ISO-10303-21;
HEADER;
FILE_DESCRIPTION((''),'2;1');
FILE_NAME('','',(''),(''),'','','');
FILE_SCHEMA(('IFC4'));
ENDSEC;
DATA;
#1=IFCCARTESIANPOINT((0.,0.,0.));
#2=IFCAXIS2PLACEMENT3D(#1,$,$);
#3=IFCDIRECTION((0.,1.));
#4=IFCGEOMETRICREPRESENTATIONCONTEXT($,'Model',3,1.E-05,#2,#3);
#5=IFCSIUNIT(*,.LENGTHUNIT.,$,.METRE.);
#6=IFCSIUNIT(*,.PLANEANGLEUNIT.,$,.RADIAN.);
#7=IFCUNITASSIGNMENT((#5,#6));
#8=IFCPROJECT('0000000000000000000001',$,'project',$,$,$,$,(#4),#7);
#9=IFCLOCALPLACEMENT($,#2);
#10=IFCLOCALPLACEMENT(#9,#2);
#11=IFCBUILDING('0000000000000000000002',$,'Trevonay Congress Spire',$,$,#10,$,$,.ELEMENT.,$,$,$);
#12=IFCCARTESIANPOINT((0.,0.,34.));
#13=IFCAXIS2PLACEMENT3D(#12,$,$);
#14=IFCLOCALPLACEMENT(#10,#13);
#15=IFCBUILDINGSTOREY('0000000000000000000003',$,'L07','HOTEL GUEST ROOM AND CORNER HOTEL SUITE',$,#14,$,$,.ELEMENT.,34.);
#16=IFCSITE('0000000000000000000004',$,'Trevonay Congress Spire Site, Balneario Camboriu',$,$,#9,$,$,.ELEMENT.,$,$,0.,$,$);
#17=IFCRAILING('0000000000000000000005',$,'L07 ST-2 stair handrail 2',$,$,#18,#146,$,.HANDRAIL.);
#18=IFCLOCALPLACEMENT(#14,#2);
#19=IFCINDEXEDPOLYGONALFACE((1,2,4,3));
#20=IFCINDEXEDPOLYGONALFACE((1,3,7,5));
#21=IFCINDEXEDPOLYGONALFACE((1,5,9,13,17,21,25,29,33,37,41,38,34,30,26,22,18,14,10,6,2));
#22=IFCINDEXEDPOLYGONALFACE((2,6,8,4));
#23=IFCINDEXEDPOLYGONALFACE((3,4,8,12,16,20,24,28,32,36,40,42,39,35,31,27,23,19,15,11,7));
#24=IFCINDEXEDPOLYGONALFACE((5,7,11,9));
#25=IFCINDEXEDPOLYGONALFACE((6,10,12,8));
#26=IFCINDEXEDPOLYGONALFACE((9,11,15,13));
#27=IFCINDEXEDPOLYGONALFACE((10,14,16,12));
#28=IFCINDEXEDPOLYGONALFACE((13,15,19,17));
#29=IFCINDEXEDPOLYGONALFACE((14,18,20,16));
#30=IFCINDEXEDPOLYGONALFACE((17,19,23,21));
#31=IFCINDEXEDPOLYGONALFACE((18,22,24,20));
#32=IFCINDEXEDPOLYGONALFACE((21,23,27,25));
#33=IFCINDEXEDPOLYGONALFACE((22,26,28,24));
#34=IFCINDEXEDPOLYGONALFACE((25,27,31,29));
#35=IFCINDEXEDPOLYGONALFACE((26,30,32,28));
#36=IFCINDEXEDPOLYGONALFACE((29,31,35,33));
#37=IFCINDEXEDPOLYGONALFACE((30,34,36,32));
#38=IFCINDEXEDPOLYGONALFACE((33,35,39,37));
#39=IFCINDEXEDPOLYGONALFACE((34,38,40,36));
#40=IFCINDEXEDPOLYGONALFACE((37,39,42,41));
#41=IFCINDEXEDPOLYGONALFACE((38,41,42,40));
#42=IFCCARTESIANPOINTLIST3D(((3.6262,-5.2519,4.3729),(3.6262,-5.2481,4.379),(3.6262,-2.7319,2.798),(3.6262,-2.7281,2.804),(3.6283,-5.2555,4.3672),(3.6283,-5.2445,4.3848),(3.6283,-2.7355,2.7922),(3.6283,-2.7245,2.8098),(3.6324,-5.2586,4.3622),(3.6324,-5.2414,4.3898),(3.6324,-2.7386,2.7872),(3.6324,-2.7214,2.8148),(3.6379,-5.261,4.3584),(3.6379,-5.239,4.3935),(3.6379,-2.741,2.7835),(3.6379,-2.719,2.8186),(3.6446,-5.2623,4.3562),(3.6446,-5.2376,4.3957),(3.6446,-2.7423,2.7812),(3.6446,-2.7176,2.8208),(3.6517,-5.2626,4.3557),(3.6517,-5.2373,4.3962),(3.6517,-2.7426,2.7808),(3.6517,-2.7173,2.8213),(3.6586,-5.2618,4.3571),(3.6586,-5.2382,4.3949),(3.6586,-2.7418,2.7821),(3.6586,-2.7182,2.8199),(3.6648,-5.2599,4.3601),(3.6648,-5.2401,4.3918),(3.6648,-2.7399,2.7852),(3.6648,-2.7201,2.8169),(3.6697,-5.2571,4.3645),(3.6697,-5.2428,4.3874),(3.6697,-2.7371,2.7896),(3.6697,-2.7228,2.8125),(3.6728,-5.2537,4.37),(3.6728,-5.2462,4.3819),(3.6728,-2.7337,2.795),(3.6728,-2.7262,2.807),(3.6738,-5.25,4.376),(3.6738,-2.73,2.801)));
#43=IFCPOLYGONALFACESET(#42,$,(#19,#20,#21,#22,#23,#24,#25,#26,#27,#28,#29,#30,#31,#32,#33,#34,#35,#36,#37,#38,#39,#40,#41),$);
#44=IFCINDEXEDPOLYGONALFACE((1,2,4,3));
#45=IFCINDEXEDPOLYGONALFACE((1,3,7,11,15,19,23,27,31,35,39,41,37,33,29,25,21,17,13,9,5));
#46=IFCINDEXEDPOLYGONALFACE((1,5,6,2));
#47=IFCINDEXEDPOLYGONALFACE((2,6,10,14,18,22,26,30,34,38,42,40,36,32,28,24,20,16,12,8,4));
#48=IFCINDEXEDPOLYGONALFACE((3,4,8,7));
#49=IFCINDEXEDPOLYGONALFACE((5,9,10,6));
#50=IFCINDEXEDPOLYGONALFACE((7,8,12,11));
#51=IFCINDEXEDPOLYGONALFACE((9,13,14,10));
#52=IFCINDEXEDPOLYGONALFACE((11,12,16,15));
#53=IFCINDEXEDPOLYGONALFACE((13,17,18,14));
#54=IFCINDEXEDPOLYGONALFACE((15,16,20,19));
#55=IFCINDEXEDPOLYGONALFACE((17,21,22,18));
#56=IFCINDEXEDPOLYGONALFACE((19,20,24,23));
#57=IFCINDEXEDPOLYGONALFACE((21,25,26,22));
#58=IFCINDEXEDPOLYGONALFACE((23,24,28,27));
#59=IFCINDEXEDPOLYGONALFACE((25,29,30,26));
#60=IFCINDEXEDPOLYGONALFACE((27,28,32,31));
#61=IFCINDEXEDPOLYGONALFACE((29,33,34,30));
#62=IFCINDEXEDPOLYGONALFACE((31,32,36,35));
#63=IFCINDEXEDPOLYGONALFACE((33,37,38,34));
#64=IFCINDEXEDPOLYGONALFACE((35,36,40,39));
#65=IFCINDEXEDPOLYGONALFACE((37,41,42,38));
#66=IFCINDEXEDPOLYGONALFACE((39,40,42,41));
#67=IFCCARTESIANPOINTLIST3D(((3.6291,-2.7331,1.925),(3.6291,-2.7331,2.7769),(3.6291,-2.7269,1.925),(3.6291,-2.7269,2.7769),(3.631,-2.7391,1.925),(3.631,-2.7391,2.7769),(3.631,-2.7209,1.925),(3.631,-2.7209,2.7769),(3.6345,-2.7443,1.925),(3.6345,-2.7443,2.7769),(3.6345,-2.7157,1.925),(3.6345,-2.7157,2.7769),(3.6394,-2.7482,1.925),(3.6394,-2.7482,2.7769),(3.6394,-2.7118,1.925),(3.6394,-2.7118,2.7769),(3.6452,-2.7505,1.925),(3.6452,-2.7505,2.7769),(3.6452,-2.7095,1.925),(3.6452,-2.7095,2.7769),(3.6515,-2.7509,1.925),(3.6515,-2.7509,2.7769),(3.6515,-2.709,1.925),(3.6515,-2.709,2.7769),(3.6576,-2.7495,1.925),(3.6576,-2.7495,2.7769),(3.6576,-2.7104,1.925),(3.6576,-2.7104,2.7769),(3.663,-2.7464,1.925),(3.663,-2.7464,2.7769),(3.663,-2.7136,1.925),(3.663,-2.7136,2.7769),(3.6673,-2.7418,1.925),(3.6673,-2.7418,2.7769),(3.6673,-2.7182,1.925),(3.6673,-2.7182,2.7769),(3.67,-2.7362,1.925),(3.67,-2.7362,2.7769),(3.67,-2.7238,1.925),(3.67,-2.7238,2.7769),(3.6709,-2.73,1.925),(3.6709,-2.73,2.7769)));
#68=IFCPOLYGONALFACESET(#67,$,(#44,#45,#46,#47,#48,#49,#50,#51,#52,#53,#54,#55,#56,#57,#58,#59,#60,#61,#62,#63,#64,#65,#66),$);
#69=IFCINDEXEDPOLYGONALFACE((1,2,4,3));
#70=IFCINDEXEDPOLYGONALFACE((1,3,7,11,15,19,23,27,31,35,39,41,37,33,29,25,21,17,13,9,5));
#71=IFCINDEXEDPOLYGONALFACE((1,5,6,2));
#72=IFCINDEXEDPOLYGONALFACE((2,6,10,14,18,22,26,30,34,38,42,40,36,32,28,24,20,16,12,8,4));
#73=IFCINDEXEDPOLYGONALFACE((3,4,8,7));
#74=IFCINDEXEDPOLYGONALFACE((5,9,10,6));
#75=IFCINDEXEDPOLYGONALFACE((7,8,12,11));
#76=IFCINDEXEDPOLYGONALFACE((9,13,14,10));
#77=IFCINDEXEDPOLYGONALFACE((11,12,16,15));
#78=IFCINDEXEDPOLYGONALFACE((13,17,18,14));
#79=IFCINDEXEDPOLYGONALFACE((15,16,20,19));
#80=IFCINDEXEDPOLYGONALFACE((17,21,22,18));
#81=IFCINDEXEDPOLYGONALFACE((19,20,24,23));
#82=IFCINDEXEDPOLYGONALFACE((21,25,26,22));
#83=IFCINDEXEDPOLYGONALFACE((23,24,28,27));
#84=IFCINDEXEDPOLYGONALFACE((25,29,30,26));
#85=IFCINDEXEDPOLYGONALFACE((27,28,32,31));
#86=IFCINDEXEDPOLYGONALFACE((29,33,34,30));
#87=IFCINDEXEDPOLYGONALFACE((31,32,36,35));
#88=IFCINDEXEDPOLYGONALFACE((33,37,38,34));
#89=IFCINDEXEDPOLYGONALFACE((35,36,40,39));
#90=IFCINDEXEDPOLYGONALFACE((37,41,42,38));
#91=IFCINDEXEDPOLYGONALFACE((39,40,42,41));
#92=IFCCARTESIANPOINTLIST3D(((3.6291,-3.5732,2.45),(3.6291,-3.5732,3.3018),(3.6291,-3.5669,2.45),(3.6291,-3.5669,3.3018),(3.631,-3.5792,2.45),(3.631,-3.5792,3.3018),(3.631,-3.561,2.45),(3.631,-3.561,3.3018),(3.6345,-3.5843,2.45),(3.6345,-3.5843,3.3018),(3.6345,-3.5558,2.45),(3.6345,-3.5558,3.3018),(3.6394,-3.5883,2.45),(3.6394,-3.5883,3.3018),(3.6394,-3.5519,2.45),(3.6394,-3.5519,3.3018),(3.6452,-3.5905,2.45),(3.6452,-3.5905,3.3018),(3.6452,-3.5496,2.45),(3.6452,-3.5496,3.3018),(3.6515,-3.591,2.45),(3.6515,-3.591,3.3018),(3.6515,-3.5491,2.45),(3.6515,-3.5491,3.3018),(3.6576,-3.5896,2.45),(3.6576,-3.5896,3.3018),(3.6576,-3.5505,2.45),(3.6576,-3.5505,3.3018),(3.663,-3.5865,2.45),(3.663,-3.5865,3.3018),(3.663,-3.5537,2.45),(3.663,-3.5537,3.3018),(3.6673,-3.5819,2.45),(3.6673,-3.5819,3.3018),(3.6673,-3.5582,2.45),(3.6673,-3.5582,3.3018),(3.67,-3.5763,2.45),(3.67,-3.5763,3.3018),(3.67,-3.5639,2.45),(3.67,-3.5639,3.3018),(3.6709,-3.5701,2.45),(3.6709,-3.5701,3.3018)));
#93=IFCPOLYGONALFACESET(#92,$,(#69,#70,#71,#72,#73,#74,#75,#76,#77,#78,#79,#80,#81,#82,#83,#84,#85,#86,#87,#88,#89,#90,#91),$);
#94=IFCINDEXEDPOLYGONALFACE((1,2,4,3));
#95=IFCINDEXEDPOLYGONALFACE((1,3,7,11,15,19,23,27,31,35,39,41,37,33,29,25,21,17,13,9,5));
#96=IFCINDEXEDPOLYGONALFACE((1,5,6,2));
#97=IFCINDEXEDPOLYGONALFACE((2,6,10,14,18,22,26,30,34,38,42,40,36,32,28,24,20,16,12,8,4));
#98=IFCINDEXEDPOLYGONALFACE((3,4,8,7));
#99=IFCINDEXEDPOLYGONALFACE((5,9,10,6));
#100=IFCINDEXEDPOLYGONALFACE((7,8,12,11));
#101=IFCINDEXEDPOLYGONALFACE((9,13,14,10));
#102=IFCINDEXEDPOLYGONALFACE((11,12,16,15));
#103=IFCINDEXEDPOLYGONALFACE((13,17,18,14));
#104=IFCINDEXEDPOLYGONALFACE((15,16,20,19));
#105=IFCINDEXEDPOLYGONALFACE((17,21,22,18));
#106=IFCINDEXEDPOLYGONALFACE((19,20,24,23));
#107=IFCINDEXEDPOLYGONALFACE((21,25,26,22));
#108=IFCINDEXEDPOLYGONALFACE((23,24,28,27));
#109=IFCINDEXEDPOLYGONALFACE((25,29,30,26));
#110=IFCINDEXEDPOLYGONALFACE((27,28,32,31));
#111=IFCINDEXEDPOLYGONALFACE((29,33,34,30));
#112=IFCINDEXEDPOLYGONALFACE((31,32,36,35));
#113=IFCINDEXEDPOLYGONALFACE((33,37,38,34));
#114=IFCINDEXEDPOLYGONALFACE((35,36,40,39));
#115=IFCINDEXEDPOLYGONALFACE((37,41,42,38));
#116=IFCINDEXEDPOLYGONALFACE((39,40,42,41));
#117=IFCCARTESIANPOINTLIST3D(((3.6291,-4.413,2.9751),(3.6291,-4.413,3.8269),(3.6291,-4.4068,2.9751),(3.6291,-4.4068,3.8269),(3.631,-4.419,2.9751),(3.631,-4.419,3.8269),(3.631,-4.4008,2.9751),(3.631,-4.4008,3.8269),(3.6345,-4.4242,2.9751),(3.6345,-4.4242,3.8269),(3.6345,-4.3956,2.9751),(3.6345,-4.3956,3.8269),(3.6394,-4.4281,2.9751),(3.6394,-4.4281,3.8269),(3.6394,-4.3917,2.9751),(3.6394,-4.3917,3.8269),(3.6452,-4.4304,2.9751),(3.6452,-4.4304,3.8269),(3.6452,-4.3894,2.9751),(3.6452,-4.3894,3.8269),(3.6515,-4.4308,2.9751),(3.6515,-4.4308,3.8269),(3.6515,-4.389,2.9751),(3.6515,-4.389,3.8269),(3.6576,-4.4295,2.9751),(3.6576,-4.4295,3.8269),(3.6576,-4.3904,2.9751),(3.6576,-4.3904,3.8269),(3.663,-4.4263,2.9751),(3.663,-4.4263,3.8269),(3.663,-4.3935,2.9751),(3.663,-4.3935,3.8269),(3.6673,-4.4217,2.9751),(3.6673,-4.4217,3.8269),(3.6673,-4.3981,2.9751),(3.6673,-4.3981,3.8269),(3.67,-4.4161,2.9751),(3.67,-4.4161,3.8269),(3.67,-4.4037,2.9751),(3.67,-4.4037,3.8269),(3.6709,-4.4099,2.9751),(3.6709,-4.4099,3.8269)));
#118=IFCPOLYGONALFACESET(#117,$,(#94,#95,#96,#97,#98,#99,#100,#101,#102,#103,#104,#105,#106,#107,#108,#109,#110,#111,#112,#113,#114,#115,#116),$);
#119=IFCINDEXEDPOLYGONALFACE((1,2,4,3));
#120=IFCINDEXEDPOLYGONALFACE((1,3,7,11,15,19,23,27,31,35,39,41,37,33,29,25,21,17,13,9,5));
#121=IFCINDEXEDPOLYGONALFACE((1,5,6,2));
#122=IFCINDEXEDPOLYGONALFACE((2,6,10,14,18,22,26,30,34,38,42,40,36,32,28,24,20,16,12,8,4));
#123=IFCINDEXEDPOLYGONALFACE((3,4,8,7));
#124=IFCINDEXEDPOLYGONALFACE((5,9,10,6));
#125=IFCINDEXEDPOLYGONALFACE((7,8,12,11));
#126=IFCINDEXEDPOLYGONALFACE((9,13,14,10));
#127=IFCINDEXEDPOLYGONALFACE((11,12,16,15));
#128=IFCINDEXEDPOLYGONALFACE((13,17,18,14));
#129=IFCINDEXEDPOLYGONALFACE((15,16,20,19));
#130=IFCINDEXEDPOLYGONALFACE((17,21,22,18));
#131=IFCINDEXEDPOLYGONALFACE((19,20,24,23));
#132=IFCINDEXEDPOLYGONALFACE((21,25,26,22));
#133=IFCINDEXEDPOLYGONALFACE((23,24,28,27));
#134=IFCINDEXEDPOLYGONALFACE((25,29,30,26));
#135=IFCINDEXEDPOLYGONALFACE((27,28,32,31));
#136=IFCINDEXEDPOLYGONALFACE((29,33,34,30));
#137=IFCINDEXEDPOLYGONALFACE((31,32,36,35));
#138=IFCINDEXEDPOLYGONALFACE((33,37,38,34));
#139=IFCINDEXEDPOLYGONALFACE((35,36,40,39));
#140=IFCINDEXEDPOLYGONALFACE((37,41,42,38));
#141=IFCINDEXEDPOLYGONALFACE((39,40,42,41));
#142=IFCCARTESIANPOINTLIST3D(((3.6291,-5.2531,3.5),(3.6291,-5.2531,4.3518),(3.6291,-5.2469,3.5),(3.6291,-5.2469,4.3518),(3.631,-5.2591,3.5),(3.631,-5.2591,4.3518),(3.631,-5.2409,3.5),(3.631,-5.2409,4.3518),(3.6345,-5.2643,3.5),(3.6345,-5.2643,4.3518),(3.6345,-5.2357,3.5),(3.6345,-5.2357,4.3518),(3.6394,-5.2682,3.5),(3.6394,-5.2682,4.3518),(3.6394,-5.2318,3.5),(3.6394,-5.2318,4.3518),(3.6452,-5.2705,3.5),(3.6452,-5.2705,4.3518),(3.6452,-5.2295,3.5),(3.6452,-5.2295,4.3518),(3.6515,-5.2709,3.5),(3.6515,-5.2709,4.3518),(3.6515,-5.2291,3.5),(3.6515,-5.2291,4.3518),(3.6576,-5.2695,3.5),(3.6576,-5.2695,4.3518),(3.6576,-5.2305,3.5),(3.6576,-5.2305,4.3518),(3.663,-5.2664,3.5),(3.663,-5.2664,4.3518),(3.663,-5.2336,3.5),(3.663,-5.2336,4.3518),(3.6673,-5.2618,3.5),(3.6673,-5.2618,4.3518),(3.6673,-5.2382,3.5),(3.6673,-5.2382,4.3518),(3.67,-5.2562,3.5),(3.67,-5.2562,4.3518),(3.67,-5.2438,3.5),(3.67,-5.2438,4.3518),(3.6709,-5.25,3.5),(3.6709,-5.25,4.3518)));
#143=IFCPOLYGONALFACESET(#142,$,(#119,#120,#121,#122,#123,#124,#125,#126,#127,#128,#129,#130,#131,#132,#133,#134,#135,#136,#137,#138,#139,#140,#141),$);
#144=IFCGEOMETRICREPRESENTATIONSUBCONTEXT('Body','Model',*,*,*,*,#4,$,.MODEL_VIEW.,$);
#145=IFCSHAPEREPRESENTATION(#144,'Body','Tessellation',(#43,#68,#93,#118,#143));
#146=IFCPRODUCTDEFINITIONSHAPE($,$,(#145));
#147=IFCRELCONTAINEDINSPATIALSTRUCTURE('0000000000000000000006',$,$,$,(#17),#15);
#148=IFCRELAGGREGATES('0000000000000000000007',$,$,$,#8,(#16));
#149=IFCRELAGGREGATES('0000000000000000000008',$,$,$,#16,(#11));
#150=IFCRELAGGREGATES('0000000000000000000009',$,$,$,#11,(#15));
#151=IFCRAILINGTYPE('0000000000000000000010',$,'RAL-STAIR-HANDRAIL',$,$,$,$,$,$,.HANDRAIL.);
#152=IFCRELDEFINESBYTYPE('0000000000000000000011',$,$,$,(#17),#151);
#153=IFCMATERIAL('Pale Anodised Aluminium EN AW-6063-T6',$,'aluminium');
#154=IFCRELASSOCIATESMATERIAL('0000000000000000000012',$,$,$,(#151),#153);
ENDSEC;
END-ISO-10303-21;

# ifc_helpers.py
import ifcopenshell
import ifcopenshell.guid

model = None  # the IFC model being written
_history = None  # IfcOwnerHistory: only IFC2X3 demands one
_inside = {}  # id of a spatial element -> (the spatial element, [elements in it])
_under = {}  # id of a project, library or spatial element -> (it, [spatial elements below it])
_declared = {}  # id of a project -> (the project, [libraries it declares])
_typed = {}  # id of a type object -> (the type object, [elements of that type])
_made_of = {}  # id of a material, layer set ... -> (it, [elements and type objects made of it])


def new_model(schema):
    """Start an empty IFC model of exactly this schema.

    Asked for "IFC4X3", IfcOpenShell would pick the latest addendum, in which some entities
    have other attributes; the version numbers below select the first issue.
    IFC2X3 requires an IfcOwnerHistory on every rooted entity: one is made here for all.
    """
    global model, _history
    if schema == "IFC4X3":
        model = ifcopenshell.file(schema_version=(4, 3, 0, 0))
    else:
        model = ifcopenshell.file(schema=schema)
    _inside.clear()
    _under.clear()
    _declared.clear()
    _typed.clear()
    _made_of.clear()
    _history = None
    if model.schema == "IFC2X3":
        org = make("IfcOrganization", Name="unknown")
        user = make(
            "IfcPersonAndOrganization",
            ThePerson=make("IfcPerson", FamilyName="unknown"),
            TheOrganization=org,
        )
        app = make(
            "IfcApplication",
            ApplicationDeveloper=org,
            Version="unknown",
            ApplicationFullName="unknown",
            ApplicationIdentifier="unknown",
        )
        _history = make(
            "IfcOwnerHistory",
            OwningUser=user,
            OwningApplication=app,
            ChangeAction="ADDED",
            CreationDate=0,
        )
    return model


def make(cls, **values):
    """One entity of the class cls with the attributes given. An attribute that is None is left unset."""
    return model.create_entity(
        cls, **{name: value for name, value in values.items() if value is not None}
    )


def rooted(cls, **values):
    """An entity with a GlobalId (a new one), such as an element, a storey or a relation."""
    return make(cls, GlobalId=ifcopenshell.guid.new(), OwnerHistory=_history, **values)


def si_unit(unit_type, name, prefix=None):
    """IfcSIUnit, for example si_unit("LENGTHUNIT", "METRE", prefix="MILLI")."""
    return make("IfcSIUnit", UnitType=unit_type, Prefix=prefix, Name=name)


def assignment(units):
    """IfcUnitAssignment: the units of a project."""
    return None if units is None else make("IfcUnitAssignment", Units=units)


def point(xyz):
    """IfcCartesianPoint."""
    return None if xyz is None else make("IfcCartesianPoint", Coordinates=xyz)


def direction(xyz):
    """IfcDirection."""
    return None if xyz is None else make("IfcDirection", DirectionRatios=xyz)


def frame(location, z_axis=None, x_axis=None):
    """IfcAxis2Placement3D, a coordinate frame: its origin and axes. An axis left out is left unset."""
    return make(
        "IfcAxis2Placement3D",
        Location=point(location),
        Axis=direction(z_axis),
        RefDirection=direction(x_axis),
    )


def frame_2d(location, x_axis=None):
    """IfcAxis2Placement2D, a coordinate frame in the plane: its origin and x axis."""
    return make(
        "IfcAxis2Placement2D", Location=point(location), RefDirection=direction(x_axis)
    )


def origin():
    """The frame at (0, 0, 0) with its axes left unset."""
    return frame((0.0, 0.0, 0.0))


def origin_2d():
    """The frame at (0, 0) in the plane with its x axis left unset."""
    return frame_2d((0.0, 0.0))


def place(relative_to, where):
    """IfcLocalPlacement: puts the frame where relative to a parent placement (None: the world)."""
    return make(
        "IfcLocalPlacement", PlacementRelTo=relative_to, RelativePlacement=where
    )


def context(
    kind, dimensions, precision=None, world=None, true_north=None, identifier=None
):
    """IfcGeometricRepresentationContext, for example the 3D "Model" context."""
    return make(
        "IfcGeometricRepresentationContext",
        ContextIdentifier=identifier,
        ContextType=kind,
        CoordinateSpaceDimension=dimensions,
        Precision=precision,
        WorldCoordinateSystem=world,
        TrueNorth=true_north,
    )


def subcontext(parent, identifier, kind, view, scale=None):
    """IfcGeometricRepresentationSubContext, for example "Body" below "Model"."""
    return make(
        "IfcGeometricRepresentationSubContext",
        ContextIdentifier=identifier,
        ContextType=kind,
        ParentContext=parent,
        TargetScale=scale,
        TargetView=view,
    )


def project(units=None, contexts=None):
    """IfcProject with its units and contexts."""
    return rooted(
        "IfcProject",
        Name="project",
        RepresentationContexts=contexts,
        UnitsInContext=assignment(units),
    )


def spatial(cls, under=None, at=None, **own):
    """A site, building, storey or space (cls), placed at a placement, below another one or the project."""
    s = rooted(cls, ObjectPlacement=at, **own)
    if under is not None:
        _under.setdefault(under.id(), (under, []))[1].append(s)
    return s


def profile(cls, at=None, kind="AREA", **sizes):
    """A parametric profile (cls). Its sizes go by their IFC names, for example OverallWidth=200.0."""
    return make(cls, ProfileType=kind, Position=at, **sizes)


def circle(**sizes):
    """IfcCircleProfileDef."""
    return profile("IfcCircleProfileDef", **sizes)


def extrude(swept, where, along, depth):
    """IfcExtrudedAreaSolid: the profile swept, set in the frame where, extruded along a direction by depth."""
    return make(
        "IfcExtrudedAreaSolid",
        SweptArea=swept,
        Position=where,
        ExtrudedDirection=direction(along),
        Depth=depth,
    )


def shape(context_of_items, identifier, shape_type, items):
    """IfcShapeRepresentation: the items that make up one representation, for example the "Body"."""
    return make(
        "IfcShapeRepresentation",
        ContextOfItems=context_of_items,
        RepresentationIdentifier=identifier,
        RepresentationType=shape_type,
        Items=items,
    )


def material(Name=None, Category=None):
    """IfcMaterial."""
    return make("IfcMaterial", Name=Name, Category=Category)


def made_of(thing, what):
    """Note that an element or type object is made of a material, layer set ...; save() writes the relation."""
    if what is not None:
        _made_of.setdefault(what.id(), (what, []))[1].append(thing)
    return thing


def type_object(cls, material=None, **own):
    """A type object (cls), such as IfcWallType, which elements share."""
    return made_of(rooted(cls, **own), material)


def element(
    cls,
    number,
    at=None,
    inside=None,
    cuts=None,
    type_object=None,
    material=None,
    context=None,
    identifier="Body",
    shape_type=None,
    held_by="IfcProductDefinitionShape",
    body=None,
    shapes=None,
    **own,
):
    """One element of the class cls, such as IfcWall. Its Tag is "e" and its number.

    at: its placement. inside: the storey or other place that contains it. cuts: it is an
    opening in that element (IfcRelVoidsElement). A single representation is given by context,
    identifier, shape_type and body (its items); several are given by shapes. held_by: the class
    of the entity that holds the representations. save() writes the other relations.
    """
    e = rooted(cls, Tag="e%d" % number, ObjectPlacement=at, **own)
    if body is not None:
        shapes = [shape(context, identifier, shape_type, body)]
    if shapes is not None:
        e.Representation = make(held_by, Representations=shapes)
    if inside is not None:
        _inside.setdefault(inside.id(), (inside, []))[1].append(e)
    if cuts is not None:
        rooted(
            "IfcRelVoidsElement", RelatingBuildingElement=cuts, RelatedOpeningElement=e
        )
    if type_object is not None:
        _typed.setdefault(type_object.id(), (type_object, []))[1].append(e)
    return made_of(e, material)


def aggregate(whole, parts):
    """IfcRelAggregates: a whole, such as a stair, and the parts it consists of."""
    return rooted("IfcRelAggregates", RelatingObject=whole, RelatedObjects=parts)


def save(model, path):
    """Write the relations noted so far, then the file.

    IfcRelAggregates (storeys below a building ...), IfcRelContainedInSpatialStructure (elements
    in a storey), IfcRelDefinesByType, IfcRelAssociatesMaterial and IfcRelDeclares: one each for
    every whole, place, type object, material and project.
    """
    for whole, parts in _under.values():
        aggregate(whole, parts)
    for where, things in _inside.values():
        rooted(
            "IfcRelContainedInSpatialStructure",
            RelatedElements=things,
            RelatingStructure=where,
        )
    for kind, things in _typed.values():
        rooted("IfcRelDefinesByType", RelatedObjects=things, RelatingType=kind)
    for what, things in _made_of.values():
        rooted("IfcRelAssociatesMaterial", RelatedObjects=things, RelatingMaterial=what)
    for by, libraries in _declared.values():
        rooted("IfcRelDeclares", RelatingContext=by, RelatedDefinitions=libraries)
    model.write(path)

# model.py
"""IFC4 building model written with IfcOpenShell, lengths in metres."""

from ifc_helpers import new_model, si_unit, direction, frame, origin, origin_2d, place, context, subcontext, project, spatial, circle, extrude, material, type_object, element, save


model = new_model("IFC4")

# Units and contexts
model_context = context("Model", 3, precision=1e-05, world=origin(), true_north=direction((0.0, 1.0)))
body_context = subcontext(model_context, "Body", "Model", "MODEL_VIEW")
ifc_project = project(units=[si_unit("LENGTHUNIT", "METRE"), si_unit("PLANEANGLEUNIT", "RADIAN")], contexts=[model_context])

# Site, building, storey
site_placement = place(None, origin())
site = spatial("IfcSite", under=ifc_project, at=site_placement, Name="Trevonay Congress Spire Site, Balneario Camboriu", CompositionType="ELEMENT", RefElevation=0.0)
building_placement = place(site_placement, origin())
building = spatial("IfcBuilding", under=site, at=building_placement, Name="Trevonay Congress Spire", CompositionType="ELEMENT")
storey_placement = place(building_placement, frame((0.0, 0.0, 34.0)))
storey = spatial("IfcBuildingStorey", under=building, at=storey_placement, Name="L07", Description="HOTEL GUEST ROOM AND CORNER HOTEL SUITE", CompositionType="ELEMENT", Elevation=34.0)

# Shared definitions
ifc_material_1 = material(Name="Pale Anodised Aluminium EN AW-6063-T6", Category="aluminium")

# Railing
railing_type_1 = type_object("IfcRailingType", Name="RAL-STAIR-HANDRAIL", PredefinedType="HANDRAIL", material=ifc_material_1)
railing_1_placement = place(storey_placement, frame((3.6499, -2.73, 1.925)))
element("IfcRailing", 1, at=railing_1_placement, inside=storey, type_object=railing_type_1, Name="L07 ST-2 stair handrail 2", PredefinedType="HANDRAIL", context=body_context, shape_type="SweptSolid", body=[
    extrude(circle(Radius=0.0239, at=origin_2d()), frame((0.0, 0.0, 0.876), z_axis=(0.0, -0.848008, 0.529984), x_axis=(1.0, 0.0, 0.0)), (0.0, 0.0, 1.0), 2.9717),
    extrude(circle(Radius=0.021, at=origin_2d()), origin(), (0.0, 0.0, 1.0), 0.8518),
    extrude(circle(Radius=0.021, at=origin_2d()), frame((0.0, -0.8401, 0.5249)), (0.0, 0.0, 1.0), 0.8518),
    extrude(circle(Radius=0.021, at=origin_2d()), frame((0.0, -1.6799, 1.05)), (0.0, 0.0, 1.0), 0.8518),
    extrude(circle(Radius=0.021, at=origin_2d()), frame((0.0, -2.52, 1.575)), (0.0, 0.0, 1.0), 0.8518),
])

save(model, "model.ifc")
